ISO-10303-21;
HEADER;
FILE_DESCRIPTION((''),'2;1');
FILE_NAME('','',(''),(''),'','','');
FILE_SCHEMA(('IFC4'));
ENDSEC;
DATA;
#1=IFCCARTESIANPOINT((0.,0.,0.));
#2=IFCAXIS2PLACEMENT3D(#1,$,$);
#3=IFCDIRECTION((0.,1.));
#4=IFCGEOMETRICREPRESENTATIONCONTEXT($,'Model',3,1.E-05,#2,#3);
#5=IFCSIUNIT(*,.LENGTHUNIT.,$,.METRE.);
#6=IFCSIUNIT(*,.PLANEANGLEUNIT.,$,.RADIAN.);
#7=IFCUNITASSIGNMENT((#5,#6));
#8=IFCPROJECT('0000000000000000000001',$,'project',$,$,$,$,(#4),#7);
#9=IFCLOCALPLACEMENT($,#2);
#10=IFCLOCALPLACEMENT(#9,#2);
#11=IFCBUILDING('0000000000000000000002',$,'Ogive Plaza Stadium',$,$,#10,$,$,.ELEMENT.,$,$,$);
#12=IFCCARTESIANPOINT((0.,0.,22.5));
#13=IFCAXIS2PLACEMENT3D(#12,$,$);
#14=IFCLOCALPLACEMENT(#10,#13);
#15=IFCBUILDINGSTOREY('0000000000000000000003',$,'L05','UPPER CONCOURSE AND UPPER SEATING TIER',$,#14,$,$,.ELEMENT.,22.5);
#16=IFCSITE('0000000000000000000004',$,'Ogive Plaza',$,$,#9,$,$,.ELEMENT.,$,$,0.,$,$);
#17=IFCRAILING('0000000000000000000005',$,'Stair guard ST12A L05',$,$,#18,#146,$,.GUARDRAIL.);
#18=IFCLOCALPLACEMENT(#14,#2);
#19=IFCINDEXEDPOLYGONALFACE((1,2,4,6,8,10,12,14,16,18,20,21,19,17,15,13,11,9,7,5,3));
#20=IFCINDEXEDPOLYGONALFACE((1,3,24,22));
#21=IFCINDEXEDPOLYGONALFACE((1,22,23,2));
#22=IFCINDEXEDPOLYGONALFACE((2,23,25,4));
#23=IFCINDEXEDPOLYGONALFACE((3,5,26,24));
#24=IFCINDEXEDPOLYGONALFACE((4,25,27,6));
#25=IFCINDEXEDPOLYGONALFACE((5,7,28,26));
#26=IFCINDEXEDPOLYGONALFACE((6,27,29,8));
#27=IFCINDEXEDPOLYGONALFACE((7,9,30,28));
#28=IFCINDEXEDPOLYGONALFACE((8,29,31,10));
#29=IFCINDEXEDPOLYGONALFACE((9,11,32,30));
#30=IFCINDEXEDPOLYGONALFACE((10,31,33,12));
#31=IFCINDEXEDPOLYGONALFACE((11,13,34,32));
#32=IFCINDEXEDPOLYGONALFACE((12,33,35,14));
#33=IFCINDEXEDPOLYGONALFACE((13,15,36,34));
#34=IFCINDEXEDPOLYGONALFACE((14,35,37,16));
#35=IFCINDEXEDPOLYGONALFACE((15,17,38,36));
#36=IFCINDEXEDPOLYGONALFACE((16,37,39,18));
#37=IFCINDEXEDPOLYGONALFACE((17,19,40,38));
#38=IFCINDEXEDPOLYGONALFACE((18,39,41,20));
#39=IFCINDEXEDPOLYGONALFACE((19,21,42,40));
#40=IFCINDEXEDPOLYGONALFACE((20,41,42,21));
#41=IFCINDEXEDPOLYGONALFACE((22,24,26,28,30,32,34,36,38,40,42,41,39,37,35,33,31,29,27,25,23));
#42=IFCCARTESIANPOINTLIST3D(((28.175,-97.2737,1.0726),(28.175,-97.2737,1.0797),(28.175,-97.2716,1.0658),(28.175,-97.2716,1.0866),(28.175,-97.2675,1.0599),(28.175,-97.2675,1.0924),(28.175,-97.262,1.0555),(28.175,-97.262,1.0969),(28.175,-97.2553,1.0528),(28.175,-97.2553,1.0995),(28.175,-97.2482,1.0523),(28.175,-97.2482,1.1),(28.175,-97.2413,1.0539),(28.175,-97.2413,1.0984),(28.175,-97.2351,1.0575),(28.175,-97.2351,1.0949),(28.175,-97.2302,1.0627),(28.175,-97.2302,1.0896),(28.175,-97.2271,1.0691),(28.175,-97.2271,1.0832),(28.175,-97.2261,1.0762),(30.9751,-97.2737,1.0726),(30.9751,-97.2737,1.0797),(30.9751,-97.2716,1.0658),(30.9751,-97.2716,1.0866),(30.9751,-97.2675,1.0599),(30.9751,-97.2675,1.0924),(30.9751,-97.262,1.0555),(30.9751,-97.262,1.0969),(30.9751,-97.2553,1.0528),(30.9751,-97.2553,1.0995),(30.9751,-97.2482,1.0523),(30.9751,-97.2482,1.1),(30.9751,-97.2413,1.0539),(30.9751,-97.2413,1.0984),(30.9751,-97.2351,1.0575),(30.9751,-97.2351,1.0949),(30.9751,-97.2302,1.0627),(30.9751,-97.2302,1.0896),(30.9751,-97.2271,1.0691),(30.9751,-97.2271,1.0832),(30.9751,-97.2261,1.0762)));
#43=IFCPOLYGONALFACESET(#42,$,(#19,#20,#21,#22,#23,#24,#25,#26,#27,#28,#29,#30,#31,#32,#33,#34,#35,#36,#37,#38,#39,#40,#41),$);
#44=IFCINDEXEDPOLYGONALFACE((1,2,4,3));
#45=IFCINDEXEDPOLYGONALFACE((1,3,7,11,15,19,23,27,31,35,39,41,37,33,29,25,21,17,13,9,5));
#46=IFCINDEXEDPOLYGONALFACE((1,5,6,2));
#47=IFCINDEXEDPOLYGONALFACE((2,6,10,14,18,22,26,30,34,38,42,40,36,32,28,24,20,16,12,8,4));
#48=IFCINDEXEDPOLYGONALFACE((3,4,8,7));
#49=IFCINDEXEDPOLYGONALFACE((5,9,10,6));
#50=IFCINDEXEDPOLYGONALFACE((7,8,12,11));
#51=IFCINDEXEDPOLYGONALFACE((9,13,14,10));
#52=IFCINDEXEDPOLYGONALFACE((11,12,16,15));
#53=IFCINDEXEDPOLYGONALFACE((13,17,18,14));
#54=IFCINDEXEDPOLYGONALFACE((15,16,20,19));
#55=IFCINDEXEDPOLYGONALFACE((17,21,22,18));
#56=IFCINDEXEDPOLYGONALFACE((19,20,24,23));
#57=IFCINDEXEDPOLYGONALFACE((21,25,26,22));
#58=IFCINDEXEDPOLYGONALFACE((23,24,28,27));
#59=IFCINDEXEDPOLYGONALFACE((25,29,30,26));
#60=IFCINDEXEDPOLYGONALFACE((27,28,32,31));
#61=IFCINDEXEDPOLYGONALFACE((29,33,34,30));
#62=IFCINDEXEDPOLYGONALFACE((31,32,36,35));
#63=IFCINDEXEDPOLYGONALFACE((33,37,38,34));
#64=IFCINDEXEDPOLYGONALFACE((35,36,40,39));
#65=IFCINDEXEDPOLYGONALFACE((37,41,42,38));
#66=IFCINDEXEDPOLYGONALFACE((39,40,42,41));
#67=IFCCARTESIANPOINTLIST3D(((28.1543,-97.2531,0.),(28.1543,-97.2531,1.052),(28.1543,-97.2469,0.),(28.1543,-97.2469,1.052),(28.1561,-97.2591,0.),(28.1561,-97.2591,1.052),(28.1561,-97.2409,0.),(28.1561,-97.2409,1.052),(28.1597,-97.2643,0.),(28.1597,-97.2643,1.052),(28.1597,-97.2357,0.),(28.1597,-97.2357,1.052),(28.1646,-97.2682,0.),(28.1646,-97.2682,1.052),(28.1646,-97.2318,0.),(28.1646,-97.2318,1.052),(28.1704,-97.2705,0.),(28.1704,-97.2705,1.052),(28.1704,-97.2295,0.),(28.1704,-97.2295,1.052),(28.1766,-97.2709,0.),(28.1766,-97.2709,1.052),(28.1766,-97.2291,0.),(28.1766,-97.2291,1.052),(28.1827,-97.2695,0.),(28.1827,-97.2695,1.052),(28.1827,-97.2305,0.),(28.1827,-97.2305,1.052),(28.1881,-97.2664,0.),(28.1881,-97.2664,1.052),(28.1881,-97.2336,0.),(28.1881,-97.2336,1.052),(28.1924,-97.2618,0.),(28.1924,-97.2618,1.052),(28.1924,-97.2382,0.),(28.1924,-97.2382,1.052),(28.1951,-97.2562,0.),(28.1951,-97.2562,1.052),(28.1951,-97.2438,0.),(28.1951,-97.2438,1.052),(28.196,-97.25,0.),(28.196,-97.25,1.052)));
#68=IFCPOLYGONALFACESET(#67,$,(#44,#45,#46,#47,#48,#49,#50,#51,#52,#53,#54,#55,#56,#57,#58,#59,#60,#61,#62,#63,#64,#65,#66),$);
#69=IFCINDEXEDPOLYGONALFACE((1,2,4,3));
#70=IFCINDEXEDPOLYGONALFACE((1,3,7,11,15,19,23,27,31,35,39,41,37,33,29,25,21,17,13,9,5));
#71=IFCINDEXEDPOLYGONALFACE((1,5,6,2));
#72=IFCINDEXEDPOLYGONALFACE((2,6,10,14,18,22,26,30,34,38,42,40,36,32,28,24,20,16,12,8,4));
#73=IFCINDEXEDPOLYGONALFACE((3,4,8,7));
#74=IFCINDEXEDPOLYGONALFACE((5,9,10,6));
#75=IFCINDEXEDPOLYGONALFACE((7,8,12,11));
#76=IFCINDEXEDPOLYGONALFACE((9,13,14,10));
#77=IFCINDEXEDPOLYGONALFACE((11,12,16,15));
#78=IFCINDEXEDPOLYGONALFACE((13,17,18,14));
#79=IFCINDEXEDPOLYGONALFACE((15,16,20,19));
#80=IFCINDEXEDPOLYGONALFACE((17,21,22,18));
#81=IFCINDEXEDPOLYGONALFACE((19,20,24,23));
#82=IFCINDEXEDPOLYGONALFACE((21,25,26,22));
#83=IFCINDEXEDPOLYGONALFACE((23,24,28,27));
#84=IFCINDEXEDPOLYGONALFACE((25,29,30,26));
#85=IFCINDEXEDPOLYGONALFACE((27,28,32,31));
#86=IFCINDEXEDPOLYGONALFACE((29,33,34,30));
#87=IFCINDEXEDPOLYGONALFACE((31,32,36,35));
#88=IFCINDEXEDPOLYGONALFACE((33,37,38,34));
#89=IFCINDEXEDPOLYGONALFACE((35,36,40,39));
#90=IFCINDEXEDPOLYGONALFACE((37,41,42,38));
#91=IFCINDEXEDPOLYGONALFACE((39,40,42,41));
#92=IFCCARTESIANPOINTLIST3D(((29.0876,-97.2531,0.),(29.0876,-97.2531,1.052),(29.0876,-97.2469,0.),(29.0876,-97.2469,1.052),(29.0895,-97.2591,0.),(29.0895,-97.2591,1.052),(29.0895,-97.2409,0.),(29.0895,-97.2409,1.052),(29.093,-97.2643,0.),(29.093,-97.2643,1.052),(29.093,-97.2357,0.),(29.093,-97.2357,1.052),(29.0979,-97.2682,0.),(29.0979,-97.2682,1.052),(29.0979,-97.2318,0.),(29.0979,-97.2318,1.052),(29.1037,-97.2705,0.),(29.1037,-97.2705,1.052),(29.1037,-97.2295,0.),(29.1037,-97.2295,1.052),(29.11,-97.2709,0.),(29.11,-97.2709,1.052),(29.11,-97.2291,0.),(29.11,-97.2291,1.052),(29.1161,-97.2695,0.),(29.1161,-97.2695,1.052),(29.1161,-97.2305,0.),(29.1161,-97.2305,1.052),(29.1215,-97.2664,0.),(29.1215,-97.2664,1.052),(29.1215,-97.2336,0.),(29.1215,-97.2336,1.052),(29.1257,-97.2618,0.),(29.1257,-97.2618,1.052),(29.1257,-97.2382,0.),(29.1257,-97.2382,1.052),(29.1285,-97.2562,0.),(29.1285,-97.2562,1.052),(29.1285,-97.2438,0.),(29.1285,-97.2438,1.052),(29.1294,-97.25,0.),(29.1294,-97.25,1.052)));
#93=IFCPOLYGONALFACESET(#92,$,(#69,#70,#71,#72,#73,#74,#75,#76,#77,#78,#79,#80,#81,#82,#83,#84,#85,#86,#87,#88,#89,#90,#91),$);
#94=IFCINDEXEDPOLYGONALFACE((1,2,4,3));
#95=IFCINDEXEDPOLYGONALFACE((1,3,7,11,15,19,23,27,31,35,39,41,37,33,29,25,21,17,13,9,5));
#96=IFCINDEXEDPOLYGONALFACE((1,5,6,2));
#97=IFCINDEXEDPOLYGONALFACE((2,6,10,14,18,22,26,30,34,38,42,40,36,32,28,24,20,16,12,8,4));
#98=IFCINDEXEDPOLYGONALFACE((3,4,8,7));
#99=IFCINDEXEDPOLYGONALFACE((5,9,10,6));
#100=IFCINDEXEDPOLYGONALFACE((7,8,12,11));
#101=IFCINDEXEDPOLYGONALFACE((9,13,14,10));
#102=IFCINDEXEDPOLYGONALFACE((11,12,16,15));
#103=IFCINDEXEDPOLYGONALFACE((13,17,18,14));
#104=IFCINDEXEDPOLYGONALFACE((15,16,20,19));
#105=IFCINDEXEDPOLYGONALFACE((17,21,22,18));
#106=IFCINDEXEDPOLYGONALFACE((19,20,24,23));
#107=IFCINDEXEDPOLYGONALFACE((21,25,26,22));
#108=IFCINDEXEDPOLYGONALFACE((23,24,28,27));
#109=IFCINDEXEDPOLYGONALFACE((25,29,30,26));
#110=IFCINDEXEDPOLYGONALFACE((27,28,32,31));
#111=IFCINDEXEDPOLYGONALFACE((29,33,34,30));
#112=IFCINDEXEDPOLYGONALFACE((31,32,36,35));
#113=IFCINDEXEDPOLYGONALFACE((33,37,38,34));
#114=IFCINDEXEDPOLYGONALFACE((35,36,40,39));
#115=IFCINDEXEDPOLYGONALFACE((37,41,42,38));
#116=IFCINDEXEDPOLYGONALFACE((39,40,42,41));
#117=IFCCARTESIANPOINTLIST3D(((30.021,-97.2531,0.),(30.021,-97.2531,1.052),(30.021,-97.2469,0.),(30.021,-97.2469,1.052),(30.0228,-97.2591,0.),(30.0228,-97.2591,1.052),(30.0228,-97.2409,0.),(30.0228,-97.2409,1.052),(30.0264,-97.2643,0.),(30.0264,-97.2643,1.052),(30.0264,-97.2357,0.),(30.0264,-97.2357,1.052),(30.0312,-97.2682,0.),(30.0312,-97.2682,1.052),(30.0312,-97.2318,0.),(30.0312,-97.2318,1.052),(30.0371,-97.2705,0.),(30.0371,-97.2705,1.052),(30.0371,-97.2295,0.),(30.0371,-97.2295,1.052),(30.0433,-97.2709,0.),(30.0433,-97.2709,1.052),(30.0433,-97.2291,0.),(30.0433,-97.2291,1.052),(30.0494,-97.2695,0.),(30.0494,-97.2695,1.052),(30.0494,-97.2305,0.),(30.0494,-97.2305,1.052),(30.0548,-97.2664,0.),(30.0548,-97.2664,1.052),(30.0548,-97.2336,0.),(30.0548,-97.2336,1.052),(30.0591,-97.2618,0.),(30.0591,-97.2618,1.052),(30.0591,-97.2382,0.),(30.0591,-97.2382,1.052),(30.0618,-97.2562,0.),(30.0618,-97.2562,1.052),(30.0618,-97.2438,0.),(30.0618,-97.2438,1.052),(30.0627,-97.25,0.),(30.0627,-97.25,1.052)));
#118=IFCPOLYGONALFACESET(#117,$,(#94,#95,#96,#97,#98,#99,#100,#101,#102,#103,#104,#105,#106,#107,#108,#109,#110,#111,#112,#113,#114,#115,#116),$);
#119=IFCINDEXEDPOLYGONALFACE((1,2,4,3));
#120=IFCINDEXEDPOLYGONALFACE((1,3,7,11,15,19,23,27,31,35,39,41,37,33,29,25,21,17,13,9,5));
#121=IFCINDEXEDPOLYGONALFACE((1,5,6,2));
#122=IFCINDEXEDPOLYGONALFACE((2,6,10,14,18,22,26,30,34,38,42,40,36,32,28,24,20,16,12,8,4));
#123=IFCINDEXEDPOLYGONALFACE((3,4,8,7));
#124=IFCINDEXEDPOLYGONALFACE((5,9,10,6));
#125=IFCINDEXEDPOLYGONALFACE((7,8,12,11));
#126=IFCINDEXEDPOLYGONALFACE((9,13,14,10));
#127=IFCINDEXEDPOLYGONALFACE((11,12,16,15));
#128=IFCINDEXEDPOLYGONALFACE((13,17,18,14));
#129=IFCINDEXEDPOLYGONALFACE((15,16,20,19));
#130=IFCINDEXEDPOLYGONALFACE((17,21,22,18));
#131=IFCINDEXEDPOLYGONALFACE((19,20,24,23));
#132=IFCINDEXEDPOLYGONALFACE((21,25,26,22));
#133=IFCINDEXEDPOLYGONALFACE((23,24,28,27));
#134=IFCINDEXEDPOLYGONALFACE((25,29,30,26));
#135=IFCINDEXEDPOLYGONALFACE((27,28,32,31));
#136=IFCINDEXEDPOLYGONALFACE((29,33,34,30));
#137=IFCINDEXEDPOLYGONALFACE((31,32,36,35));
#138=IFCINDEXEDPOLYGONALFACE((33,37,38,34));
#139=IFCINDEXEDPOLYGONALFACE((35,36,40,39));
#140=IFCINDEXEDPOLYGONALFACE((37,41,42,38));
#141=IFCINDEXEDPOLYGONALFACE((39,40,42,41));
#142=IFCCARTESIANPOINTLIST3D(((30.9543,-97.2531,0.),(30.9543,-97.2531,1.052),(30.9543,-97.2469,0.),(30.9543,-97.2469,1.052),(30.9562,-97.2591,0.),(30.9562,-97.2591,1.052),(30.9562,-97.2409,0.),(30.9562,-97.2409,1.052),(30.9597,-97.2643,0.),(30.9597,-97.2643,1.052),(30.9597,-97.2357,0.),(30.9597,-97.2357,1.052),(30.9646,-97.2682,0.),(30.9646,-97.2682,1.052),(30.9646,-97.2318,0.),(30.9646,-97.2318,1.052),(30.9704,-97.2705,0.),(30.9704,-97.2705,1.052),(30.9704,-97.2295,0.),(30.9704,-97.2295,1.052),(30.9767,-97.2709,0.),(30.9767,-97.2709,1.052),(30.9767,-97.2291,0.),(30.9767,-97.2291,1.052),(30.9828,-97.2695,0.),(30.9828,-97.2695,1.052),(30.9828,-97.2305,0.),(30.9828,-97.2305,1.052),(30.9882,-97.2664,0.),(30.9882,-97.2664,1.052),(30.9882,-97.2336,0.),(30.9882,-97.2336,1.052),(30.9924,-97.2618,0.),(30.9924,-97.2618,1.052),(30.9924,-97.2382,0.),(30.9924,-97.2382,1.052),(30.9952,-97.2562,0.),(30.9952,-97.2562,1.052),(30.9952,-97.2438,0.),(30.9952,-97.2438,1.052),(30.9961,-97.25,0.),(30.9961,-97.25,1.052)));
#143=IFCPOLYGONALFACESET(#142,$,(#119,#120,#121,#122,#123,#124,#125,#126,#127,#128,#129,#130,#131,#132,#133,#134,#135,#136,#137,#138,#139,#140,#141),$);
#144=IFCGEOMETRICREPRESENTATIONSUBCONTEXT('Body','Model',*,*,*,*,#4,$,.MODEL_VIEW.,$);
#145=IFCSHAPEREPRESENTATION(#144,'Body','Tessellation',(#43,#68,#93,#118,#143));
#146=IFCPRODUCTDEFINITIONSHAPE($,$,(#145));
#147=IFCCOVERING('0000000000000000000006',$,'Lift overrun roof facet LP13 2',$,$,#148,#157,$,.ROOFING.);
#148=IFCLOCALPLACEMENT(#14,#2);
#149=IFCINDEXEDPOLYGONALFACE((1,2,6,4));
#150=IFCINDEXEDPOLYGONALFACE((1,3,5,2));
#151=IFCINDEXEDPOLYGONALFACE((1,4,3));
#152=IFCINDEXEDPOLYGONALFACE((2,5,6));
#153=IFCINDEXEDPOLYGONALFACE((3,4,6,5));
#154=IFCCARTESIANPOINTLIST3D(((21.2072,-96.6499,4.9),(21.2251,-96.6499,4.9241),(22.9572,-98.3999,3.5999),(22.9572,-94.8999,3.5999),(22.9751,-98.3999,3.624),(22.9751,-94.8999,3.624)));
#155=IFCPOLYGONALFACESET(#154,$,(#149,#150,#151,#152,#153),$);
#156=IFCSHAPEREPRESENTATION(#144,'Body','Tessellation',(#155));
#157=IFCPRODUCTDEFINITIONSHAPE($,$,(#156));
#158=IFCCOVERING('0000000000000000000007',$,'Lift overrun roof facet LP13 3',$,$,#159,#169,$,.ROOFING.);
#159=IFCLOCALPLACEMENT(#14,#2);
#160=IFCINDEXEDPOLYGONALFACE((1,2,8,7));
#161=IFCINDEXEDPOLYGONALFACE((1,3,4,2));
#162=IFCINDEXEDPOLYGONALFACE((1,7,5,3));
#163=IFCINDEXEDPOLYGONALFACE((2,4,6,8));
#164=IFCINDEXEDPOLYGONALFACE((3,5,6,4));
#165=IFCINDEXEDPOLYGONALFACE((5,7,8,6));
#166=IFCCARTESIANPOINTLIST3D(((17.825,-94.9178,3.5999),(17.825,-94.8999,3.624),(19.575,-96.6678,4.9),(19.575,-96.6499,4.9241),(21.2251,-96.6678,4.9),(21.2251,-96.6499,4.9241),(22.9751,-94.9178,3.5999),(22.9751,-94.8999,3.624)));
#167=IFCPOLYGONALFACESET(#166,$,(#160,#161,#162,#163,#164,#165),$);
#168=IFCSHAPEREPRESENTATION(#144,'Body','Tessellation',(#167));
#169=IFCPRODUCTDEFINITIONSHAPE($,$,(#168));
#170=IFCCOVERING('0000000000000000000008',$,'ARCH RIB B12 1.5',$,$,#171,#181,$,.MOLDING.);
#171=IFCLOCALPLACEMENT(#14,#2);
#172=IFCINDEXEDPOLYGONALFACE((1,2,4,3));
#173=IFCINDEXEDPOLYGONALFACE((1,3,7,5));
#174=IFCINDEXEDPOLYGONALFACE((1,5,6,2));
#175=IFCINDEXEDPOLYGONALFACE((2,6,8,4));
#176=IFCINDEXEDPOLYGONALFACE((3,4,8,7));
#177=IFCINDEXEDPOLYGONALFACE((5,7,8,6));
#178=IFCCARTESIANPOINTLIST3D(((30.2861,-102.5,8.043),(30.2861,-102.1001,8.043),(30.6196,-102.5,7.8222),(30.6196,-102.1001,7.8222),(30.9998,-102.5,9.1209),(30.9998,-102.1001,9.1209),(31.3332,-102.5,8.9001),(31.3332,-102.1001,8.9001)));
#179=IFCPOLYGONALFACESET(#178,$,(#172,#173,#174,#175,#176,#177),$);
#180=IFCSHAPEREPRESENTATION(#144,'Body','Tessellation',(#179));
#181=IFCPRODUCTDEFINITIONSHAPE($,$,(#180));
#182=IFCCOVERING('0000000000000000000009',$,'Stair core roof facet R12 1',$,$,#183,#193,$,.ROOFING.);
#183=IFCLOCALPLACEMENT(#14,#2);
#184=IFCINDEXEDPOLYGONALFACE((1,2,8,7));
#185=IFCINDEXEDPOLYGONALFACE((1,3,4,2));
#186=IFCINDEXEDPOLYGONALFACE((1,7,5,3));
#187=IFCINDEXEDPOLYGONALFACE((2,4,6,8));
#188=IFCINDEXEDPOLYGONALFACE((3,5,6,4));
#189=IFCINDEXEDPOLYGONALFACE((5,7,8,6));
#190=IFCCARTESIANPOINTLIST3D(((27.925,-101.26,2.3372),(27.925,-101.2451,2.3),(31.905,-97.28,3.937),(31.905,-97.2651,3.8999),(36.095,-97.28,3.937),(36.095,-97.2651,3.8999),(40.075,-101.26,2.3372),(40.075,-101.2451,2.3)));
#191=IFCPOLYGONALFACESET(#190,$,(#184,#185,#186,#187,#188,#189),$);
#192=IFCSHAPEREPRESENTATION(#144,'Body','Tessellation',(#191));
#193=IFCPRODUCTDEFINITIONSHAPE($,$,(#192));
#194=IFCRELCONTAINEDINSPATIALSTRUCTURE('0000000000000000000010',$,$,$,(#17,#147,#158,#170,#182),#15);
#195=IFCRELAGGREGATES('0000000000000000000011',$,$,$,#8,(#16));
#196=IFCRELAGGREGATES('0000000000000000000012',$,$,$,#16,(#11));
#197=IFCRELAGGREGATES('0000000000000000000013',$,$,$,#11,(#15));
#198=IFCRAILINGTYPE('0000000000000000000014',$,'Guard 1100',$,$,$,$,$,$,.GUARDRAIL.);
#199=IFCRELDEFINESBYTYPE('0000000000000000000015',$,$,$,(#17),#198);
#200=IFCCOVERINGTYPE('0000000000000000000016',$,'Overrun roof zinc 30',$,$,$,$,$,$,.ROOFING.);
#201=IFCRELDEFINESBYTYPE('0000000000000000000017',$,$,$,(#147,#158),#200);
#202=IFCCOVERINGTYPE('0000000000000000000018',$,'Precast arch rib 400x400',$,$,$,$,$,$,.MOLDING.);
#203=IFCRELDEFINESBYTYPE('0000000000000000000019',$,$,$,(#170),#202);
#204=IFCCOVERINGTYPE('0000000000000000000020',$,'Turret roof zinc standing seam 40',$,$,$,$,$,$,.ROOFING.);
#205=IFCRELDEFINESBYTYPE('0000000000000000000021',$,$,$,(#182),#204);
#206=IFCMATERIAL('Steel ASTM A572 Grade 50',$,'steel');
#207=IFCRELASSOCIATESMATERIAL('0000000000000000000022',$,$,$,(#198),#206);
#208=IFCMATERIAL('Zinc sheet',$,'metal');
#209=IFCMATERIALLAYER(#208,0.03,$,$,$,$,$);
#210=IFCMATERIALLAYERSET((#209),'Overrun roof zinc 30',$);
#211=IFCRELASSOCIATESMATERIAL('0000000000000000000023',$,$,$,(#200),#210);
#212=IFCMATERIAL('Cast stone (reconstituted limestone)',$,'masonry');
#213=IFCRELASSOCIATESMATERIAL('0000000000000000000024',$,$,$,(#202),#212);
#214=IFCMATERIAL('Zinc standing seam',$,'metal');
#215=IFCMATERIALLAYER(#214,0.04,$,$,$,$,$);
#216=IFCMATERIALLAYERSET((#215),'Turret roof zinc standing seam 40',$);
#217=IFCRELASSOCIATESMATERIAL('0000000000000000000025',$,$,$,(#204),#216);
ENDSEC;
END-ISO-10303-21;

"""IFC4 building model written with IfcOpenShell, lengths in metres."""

from ifc_helpers import new_model, si_unit, direction, frame, origin, origin_2d, place, context, subcontext, project, spatial, polyline, rectangle, circle, outline, extrude, material, layer, layer_set, material_profile, profile_set, type_object, element, save


model = new_model("IFC4")

# Units and contexts
model_context = context("Model", 3, precision=1e-05, world=origin(), true_north=direction((0.0, 1.0)))
body_context = subcontext(model_context, "Body", "Model", "MODEL_VIEW")
ifc_project = project(units=[si_unit("LENGTHUNIT", "METRE"), si_unit("PLANEANGLEUNIT", "RADIAN")], contexts=[model_context])

# Site, building, storey
site_placement = place(None, origin())
site = spatial("IfcSite", under=ifc_project, at=site_placement, Name="Ogive Plaza", CompositionType="ELEMENT", RefElevation=0.0)
building_placement = place(site_placement, origin())
building = spatial("IfcBuilding", under=site, at=building_placement, Name="Ogive Plaza Stadium", CompositionType="ELEMENT")
storey_placement = place(building_placement, frame((0.0, 0.0, 22.5)))
storey = spatial("IfcBuildingStorey", under=building, at=storey_placement, Name="L05", Description="UPPER CONCOURSE AND UPPER SEATING TIER", CompositionType="ELEMENT", Elevation=22.5)

# Railing
ifc_material_1 = material(Name="Steel ASTM A572 Grade 50", Category="steel")
railing_type = type_object("IfcRailingType", Name="Guard 1100", PredefinedType="GUARDRAIL", material=ifc_material_1)
railing_1_placement = place(storey_placement, frame((28.175, -97.25, 0.0)))
element("IfcRailing", 1, at=railing_1_placement, inside=storey, type_object=railing_type, Name="Stair guard ST12A L05", PredefinedType="GUARDRAIL", context=body_context, shape_type="SweptSolid", body=[
    extrude(circle(Radius=0.0239, at=origin_2d()), frame((0.0, 0.0, 1.0762), z_axis=(1.0, 0.0, 0.0), x_axis=(0.0, 1.0, 0.0)), (0.0, 0.0, 1.0), 2.8),
    extrude(circle(Radius=0.021, at=origin_2d()), origin(), (0.0, 0.0, 1.0), 1.052),
    extrude(circle(Radius=0.021, at=origin_2d()), frame((0.9333, 0.0, 0.0)), (0.0, 0.0, 1.0), 1.052),
    extrude(circle(Radius=0.021, at=origin_2d()), frame((1.8667, 0.0, 0.0)), (0.0, 0.0, 1.0), 1.052),
    extrude(circle(Radius=0.021, at=origin_2d()), frame((2.8, 0.0, 0.0)), (0.0, 0.0, 1.0), 1.052),
])

# Coverings
ifc_material_2 = material(Name="Zinc sheet", Category="metal")
ifc_layer_1 = layer(ifc_material_2, 0.03)
ifc_layer_set_1 = layer_set([ifc_layer_1], Name="Overrun roof zinc 30")
covering_type_1 = type_object("IfcCoveringType", Name="Overrun roof zinc 30", PredefinedType="ROOFING", material=ifc_layer_set_1)
covering_1_placement = place(storey_placement, frame((22.9751, -98.3999, 3.624), z_axis=(0.596338, 0.0, 0.802733), x_axis=(0.0, 1.0, 0.0)))
element("IfcCovering", 2, at=covering_1_placement, inside=storey, type_object=covering_type_1, Name="Lift overrun roof facet LP13 2", PredefinedType="ROOFING", context=body_context, shape_type="SweptSolid", body=[
    extrude(outline(polyline([(0.0, 0.0), (3.5, 0.0), (1.75, 2.1801), (0.0, 0.0)])), origin(), (0.0, 0.0, -1.0), 0.03),
])
covering_2_placement = place(storey_placement, frame((22.9751, -94.8999, 3.624), z_axis=(0.0, 0.596338, 0.802733), x_axis=(-1.0, 0.0, 0.0)))
element("IfcCovering", 3, at=covering_2_placement, inside=storey, type_object=covering_type_1, Name="Lift overrun roof facet LP13 3", PredefinedType="ROOFING", context=body_context, shape_type="SweptSolid", body=[
    extrude(outline(polyline([(0.0, 0.0), (5.1501, 0.0), (3.4001, 2.1801), (1.75, 2.1801), (0.0, 0.0)])), origin(), (0.0, 0.0, -1.0), 0.03),
])
ifc_material_3 = material(Name="Cast stone (reconstituted limestone)", Category="masonry")
ifc_material_profile_1 = material_profile(ifc_material_3, rectangle(XDim=0.3999, YDim=0.3999, at=origin_2d()), Name="Cast stone 400x400")
ifc_profile_set_1 = profile_set([ifc_material_profile_1], Name="Cast stone (reconstituted limestone)")
covering_type_2 = type_object("IfcCoveringType", Name="Precast arch rib 400x400", PredefinedType="MOLDING", material=ifc_profile_set_1)
covering_3_placement = place(storey_placement, frame((31.1665, -102.3, 9.0105), z_axis=(-0.552039, 0.0, -0.833818), x_axis=(0.0, -1.0, 0.0)))
element("IfcCovering", 4, at=covering_3_placement, inside=storey, type_object=covering_type_2, Name="ARCH RIB B12 1.5", PredefinedType="MOLDING", context=body_context, shape_type="SweptSolid", body=[
    extrude(rectangle(XDim=0.3999, YDim=0.3999, at=origin_2d()), origin(), (0.0, 0.0, 1.0), 1.2927),
])
ifc_material_4 = material(Name="Zinc standing seam", Category="metal")
ifc_layer_2 = layer(ifc_material_4, 0.04)
ifc_layer_set_2 = layer_set([ifc_layer_2], Name="Turret roof zinc standing seam 40")
covering_type_3 = type_object("IfcCoveringType", Name="Turret roof zinc standing seam 40", PredefinedType="ROOFING", material=ifc_layer_set_2)
covering_4_placement = place(storey_placement, frame((27.925, -101.26, 2.3372), z_axis=(0.0, -0.37297, 0.927843), x_axis=(1.0, 0.0, 0.0)))
element("IfcCovering", 5, at=covering_4_placement, inside=storey, type_object=covering_type_3, Name="Stair core roof facet R12 1", PredefinedType="ROOFING", context=body_context, shape_type="SweptSolid", body=[
    extrude(outline(polyline([(0.0, 0.0), (12.1499, 0.0), (8.1699, 4.2895), (3.98, 4.2895), (0.0, 0.0)])), origin(), (0.0, 0.0, -1.0), 0.04),
])

save(model, "model.ifc")
